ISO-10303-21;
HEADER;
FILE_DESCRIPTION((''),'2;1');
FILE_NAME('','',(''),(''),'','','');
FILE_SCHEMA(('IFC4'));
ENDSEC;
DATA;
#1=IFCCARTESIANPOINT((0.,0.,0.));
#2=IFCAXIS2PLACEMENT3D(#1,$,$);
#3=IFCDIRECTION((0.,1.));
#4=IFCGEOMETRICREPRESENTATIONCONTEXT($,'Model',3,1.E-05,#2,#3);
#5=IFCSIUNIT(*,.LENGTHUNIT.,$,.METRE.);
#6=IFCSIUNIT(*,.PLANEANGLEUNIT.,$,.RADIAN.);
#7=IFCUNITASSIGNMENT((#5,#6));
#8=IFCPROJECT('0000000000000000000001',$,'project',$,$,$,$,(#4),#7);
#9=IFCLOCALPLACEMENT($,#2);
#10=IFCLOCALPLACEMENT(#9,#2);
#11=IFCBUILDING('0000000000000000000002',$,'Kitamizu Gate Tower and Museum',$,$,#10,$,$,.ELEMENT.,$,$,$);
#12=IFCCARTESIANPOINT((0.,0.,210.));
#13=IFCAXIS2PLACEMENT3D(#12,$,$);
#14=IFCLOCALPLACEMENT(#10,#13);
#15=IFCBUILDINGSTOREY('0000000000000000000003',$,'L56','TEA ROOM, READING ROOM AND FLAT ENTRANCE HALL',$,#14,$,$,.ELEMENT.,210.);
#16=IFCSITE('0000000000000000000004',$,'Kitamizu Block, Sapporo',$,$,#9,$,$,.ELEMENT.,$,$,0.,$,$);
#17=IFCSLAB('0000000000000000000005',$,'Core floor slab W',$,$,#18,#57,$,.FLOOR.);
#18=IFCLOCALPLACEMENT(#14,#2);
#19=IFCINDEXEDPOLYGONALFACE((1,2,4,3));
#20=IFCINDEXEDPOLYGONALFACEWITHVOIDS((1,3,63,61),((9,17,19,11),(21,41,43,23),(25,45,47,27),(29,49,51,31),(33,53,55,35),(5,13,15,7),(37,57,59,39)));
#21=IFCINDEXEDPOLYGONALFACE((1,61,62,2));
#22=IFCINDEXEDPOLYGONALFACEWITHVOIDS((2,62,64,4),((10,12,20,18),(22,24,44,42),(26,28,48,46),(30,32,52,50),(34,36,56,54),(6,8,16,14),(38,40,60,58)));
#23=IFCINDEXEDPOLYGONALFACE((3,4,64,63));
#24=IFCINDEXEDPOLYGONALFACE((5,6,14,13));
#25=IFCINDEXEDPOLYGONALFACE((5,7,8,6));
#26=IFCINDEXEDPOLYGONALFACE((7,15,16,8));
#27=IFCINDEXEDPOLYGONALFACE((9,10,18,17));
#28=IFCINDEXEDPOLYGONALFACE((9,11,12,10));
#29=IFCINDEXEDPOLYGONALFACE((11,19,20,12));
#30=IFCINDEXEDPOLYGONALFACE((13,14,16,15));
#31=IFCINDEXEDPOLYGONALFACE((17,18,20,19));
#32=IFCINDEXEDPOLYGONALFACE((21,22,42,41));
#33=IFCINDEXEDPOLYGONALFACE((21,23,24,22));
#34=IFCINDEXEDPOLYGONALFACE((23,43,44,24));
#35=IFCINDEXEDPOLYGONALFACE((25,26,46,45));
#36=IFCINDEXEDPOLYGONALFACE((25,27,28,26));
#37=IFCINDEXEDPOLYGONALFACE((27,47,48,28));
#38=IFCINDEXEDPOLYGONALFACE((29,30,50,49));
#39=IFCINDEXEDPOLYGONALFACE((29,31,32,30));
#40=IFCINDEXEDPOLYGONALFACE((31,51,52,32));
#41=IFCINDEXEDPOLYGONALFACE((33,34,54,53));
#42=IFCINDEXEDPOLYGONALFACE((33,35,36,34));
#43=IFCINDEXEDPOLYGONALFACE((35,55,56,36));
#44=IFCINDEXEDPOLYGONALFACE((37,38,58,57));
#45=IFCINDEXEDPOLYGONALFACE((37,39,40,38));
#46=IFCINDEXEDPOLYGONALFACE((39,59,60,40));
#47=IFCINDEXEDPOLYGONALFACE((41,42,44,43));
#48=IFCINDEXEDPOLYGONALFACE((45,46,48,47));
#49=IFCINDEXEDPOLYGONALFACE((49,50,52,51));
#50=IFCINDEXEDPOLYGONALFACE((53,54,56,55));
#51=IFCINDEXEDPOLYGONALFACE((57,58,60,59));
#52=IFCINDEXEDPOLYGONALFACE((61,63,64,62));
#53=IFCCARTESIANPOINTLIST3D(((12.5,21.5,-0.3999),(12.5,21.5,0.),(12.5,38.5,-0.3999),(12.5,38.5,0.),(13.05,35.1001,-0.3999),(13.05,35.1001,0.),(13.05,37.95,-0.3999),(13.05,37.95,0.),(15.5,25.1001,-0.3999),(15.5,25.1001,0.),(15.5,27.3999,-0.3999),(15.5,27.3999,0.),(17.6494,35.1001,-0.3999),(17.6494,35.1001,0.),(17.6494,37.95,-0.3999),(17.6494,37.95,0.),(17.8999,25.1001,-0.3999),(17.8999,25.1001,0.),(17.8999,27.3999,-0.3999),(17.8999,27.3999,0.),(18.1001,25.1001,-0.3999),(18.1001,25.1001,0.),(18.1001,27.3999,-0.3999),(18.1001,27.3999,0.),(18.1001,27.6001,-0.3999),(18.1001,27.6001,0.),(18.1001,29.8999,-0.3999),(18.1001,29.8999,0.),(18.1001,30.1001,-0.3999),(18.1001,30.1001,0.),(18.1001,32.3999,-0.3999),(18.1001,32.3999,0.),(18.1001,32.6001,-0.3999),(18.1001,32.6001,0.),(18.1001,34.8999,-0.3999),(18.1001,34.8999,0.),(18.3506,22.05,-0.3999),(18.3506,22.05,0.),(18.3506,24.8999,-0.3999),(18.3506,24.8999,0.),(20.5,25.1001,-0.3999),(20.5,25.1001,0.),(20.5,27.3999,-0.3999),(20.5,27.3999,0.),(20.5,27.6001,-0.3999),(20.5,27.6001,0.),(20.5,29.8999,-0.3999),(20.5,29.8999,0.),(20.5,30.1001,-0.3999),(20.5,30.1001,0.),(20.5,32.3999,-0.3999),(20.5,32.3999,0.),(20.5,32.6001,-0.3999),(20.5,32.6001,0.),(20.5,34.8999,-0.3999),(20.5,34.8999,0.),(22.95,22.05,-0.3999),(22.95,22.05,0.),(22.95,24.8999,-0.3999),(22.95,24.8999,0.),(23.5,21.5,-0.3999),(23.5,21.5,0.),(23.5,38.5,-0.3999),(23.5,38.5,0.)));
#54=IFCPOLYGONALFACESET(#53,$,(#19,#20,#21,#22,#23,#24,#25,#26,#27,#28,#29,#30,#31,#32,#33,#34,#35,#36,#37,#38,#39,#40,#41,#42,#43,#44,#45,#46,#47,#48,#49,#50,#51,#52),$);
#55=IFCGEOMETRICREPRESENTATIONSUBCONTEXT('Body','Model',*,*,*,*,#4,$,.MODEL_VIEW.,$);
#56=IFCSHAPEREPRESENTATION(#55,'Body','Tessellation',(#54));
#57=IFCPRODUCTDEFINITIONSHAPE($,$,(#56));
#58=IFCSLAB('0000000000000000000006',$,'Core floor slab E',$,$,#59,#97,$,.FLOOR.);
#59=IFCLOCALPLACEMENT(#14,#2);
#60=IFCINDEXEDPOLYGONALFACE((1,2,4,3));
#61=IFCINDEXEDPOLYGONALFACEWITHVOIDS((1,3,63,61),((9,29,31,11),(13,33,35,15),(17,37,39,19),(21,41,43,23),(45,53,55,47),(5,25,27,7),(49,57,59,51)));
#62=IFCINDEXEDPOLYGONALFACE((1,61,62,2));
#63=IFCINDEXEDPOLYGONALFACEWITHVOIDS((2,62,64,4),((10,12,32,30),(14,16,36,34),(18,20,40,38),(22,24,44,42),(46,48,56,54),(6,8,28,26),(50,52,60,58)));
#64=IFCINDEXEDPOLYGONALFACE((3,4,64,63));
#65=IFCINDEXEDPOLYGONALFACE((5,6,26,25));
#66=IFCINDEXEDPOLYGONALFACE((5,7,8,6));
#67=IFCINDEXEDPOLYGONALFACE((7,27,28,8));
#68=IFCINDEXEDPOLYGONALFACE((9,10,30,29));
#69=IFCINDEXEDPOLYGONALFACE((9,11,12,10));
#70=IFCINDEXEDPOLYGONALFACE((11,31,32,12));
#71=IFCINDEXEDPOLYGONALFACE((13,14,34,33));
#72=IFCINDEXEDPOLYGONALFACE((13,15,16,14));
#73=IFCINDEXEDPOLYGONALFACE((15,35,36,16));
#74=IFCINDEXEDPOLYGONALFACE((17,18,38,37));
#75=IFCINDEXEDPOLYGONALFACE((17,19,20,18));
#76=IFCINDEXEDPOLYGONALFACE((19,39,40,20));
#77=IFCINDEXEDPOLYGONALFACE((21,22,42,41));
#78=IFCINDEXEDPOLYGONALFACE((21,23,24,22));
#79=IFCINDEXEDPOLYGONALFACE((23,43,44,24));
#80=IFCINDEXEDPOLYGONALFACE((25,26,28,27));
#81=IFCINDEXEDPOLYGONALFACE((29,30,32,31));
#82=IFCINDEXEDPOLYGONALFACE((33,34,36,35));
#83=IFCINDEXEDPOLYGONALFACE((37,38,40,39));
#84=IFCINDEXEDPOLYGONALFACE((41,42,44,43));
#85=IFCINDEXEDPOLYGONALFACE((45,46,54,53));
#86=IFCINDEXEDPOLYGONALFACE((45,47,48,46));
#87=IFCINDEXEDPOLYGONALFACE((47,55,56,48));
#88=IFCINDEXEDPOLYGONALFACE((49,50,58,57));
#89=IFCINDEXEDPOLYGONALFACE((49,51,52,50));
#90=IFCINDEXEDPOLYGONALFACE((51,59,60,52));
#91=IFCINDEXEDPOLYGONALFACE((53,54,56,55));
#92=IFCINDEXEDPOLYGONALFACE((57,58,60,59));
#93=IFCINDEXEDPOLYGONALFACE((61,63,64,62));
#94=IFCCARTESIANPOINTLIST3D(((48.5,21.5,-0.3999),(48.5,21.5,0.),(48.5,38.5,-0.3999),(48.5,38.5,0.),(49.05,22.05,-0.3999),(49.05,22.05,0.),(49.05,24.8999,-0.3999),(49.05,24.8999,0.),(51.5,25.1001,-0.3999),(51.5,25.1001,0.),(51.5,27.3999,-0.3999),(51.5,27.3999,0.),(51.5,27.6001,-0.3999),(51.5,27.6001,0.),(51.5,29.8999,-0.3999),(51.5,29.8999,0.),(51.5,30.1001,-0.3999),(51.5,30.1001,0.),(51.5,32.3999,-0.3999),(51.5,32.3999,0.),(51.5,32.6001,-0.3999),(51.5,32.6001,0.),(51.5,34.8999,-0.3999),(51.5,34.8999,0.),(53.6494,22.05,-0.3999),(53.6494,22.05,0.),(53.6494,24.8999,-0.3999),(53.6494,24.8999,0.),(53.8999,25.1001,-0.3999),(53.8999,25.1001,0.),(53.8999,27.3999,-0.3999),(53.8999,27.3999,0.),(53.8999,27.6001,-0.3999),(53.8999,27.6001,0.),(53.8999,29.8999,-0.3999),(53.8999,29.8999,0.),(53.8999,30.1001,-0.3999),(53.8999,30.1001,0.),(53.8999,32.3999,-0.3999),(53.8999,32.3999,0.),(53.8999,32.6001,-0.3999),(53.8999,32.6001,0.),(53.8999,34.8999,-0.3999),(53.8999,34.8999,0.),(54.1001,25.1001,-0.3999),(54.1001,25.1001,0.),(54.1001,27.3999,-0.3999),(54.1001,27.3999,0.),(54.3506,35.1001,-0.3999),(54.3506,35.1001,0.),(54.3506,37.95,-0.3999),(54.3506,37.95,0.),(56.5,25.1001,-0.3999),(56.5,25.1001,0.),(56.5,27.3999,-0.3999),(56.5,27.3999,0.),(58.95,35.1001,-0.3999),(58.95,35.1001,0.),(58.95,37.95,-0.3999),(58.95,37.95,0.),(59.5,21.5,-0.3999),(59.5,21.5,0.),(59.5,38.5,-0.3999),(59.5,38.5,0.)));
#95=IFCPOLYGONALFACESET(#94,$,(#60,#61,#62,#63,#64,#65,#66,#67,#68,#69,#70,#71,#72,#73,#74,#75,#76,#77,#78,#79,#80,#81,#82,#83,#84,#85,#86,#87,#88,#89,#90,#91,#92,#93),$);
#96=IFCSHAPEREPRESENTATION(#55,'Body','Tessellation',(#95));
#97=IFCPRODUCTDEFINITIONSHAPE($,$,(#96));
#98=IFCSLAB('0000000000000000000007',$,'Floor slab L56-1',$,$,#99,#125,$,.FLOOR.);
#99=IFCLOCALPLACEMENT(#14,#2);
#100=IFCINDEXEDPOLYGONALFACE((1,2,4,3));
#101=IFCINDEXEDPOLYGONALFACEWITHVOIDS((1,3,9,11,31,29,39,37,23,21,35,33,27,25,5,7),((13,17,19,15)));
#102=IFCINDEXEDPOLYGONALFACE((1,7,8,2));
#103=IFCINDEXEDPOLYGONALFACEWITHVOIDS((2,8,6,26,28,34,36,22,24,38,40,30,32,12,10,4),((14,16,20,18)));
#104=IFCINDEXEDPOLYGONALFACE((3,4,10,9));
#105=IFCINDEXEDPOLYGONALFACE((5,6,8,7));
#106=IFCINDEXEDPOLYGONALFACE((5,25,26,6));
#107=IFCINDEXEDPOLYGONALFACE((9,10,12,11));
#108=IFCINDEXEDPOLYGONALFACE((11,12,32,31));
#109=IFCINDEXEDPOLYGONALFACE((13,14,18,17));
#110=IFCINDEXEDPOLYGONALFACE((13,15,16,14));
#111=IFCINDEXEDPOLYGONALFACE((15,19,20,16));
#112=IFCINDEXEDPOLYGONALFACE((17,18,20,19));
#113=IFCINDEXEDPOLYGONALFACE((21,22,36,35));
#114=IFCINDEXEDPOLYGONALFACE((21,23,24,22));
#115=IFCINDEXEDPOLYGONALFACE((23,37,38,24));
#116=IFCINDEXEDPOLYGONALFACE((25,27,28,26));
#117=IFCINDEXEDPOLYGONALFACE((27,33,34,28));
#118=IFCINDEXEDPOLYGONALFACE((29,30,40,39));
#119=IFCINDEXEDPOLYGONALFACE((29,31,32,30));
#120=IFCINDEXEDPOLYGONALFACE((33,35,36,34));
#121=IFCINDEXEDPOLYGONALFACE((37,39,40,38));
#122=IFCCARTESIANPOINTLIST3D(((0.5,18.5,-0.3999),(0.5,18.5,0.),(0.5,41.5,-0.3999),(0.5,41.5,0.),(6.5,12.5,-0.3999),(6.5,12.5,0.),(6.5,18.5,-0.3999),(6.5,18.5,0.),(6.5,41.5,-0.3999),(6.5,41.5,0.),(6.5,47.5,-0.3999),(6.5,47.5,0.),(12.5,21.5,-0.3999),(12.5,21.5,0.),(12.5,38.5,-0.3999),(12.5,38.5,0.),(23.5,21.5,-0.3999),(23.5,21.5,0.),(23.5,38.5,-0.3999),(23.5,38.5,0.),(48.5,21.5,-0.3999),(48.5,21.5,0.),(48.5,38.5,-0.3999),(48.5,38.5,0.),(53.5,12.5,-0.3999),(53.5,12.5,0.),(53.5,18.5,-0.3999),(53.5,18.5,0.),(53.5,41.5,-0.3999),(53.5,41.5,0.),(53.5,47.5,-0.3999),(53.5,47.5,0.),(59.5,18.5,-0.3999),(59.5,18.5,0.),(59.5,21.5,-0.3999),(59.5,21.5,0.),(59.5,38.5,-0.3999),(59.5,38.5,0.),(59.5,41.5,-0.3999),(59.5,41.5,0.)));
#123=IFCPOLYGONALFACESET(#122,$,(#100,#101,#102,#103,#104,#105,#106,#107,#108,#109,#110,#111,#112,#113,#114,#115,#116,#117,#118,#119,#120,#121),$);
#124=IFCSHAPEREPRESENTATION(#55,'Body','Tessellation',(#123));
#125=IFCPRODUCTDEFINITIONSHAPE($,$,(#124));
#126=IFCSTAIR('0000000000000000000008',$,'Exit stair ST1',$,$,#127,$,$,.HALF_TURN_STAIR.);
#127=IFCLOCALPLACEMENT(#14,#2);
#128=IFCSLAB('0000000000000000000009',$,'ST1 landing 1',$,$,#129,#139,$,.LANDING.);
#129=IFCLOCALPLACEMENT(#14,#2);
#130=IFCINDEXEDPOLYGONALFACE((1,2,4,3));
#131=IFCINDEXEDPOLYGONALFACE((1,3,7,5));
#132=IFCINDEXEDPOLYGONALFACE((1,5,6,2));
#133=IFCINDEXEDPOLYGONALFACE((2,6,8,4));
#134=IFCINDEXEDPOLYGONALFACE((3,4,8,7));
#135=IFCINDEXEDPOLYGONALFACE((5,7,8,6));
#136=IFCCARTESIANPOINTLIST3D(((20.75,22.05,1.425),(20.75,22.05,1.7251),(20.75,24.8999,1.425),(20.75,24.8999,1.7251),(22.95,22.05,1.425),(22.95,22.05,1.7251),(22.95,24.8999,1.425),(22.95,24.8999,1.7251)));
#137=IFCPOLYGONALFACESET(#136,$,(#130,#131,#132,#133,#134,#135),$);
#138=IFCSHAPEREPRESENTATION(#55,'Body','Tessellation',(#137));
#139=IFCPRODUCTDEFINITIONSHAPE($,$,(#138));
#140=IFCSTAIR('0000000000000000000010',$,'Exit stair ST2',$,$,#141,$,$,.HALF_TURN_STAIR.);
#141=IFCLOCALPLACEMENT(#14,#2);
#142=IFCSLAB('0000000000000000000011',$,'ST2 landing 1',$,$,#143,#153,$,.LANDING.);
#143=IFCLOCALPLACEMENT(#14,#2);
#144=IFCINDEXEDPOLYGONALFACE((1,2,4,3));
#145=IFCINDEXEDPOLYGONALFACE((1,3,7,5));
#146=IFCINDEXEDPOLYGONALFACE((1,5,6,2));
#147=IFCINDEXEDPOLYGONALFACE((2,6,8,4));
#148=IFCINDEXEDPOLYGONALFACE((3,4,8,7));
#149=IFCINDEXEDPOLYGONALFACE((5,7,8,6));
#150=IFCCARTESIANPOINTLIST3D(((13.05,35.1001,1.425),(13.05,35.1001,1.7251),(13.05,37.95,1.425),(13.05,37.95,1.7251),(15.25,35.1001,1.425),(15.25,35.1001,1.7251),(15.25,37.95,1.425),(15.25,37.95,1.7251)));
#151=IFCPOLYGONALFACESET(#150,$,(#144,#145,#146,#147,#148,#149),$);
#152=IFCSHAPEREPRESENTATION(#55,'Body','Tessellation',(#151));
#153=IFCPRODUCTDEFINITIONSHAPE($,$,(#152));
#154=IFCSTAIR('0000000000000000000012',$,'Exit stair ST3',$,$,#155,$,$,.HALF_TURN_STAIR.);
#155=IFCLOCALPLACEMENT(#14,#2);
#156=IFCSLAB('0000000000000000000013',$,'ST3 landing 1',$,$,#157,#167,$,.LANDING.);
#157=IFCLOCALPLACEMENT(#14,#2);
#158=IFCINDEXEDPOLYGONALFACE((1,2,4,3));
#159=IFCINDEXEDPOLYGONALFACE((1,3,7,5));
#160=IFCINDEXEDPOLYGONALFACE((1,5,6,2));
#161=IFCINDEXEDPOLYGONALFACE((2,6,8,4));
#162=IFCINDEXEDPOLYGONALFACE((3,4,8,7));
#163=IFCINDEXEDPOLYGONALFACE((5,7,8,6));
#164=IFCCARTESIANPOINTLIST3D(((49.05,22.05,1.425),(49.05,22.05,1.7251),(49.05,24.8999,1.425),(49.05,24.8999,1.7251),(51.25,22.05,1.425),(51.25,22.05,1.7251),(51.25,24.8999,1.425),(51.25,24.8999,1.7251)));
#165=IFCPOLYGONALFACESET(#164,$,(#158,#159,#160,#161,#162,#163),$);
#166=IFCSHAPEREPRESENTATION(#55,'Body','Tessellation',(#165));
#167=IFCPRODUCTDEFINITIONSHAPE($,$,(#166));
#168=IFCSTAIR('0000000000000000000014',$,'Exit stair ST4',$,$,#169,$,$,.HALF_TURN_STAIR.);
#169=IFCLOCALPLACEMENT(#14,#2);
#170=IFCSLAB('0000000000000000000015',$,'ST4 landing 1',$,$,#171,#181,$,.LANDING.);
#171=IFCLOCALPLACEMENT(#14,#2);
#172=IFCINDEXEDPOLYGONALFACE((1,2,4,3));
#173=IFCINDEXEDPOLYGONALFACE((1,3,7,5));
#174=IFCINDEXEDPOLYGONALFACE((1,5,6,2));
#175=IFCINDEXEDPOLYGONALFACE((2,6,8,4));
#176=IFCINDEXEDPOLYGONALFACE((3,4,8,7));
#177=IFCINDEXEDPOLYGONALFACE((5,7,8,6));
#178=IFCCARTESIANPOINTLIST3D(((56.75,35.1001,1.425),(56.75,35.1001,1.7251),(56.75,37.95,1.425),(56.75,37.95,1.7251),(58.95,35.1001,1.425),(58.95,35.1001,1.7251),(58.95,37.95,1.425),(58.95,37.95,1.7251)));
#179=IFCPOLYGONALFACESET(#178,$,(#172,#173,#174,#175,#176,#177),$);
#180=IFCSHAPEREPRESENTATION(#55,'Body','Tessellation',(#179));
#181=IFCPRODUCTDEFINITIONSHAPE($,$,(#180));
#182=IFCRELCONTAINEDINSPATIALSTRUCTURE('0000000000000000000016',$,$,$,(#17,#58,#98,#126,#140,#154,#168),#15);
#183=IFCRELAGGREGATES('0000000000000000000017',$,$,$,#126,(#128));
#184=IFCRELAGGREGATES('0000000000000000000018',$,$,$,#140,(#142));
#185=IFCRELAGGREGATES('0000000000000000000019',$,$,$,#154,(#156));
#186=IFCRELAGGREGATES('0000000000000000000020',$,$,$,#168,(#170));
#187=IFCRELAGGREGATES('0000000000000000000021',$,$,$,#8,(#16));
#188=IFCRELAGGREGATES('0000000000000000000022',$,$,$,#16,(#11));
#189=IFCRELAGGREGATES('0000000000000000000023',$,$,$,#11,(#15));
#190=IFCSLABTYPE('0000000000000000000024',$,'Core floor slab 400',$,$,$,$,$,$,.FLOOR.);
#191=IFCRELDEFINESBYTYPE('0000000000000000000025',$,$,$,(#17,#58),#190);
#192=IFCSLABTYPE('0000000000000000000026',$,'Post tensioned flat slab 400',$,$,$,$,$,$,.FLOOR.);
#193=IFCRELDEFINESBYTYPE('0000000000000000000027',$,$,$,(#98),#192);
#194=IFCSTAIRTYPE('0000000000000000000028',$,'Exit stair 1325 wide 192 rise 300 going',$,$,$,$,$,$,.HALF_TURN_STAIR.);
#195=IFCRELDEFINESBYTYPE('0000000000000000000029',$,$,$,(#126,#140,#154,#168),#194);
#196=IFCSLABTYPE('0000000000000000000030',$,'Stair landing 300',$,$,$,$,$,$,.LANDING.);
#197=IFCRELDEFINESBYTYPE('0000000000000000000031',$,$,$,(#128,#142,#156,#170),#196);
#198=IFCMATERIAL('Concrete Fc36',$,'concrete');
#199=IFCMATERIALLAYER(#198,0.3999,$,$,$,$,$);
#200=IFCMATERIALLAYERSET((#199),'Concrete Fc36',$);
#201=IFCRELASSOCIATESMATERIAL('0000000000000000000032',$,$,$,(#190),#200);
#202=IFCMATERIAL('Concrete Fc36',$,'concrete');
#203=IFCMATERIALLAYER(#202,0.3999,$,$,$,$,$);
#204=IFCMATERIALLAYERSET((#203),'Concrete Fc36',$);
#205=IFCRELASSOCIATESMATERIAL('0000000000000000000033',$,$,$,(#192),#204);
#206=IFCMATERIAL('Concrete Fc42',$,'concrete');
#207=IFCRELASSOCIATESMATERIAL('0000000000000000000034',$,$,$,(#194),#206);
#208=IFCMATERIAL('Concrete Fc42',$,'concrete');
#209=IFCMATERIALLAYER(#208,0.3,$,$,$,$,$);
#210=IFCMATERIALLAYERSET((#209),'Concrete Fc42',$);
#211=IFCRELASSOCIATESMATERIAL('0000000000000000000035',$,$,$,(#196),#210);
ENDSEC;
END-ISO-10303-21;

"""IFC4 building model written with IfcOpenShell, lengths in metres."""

from ifc_helpers import new_model, si_unit, direction, frame, origin, place, context, subcontext, project, spatial, polyline, outline, extrude, material, layer, layer_set, type_object, element, aggregate, save


model = new_model("IFC4")

# Units and contexts
model_context = context("Model", 3, precision=1e-05, world=origin(), true_north=direction((0.0, 1.0)))
body_context = subcontext(model_context, "Body", "Model", "MODEL_VIEW")
ifc_project = project(units=[si_unit("LENGTHUNIT", "METRE"), si_unit("PLANEANGLEUNIT", "RADIAN")], contexts=[model_context])

# Site, building, storey
site_placement = place(None, origin())
site = spatial("IfcSite", under=ifc_project, at=site_placement, Name="Kitamizu Block, Sapporo", CompositionType="ELEMENT", RefElevation=0.0)
building_placement = place(site_placement, origin())
building = spatial("IfcBuilding", under=site, at=building_placement, Name="Kitamizu Gate Tower and Museum", CompositionType="ELEMENT")
storey_placement = place(building_placement, frame((0.0, 0.0, 210.0)))
storey = spatial("IfcBuildingStorey", under=building, at=storey_placement, Name="L56", Description="TEA ROOM, READING ROOM AND FLAT ENTRANCE HALL", CompositionType="ELEMENT", Elevation=210.0)

# Slabs
ifc_material_1 = material(Name="Concrete Fc36", Category="concrete")
ifc_layer_1 = layer(ifc_material_1, 0.3999)
ifc_layer_set_1 = layer_set([ifc_layer_1], Name="Concrete Fc36")
slab_type_1 = type_object("IfcSlabType", Name="Core floor slab 400", PredefinedType="FLOOR", material=ifc_layer_set_1)
slab_1_placement = place(storey_placement, frame((0.0, 0.0, -0.3999)))
element("IfcSlab", 1, at=slab_1_placement, inside=storey, type_object=slab_type_1, Name="Core floor slab W", PredefinedType="FLOOR", context=body_context, shape_type="SweptSolid", body=[
    extrude(outline(polyline([(12.5, 21.5), (23.5, 21.5), (23.5, 38.5), (12.5, 38.5), (12.5, 21.5)]), holes=[polyline([(15.5, 25.1001), (17.8999, 25.1001), (17.8999, 27.3999), (15.5, 27.3999), (15.5, 25.1001)]), polyline([(18.1001, 25.1001), (20.5, 25.1001), (20.5, 27.3999), (18.1001, 27.3999), (18.1001, 25.1001)]), polyline([(18.1001, 27.6001), (20.5, 27.6001), (20.5, 29.8999), (18.1001, 29.8999), (18.1001, 27.6001)]), polyline([(18.1001, 30.1001), (20.5, 30.1001), (20.5, 32.3999), (18.1001, 32.3999), (18.1001, 30.1001)]), polyline([(18.1001, 32.6001), (20.5, 32.6001), (20.5, 34.8999), (18.1001, 34.8999), (18.1001, 32.6001)]), polyline([(18.3506, 22.05), (22.95, 22.05), (22.95, 24.8999), (18.3506, 24.8999), (18.3506, 22.05)]), polyline([(13.05, 35.1001), (17.6494, 35.1001), (17.6494, 37.95), (13.05, 37.95), (13.05, 35.1001)])]), origin(), (0.0, 0.0, 1.0), 0.3999),
])
slab_2_placement = place(storey_placement, frame((0.0, 0.0, -0.3999)))
element("IfcSlab", 2, at=slab_2_placement, inside=storey, type_object=slab_type_1, Name="Core floor slab E", PredefinedType="FLOOR", context=body_context, shape_type="SweptSolid", body=[
    extrude(outline(polyline([(48.5, 21.5), (59.5, 21.5), (59.5, 38.5), (48.5, 38.5), (48.5, 21.5)]), holes=[polyline([(54.1001, 25.1001), (56.5, 25.1001), (56.5, 27.3999), (54.1001, 27.3999), (54.1001, 25.1001)]), polyline([(51.5, 25.1001), (53.8999, 25.1001), (53.8999, 27.3999), (51.5, 27.3999), (51.5, 25.1001)]), polyline([(51.5, 27.6001), (53.8999, 27.6001), (53.8999, 29.8999), (51.5, 29.8999), (51.5, 27.6001)]), polyline([(51.5, 30.1001), (53.8999, 30.1001), (53.8999, 32.3999), (51.5, 32.3999), (51.5, 30.1001)]), polyline([(51.5, 32.6001), (53.8999, 32.6001), (53.8999, 34.8999), (51.5, 34.8999), (51.5, 32.6001)]), polyline([(49.05, 22.05), (53.6494, 22.05), (53.6494, 24.8999), (49.05, 24.8999), (49.05, 22.05)]), polyline([(54.3506, 35.1001), (58.95, 35.1001), (58.95, 37.95), (54.3506, 37.95), (54.3506, 35.1001)])]), origin(), (0.0, 0.0, 1.0), 0.3999),
])
ifc_material_2 = material(Name="Concrete Fc36", Category="concrete")
ifc_layer_2 = layer(ifc_material_2, 0.3999)
ifc_layer_set_2 = layer_set([ifc_layer_2], Name="Concrete Fc36")
slab_type_2 = type_object("IfcSlabType", Name="Post tensioned flat slab 400", PredefinedType="FLOOR", material=ifc_layer_set_2)
slab_3_placement = place(storey_placement, frame((0.0, 0.0, -0.3999)))
element("IfcSlab", 3, at=slab_3_placement, inside=storey, type_object=slab_type_2, Name="Floor slab L56-1", PredefinedType="FLOOR", context=body_context, shape_type="SweptSolid", body=[
    extrude(outline(polyline([(0.5, 18.5), (0.5, 41.5), (6.5, 41.5), (6.5, 47.5), (53.5, 47.5), (53.5, 41.5), (59.5, 41.5), (59.5, 38.5), (48.5, 38.5), (48.5, 21.5), (59.5, 21.5), (59.5, 18.5), (53.5, 18.5), (53.5, 12.5), (6.5, 12.5), (6.5, 18.5), (0.5, 18.5)]), holes=[polyline([(12.5, 38.5), (12.5, 21.5), (23.5, 21.5), (23.5, 38.5), (12.5, 38.5)])]), origin(), (0.0, 0.0, 1.0), 0.3999),
])

# Stairs, slabs
ifc_material_3 = material(Name="Concrete Fc42", Category="concrete")
stair_type = type_object("IfcStairType", Name="Exit stair 1325 wide 192 rise 300 going", PredefinedType="HALF_TURN_STAIR", material=ifc_material_3)
stair_1_placement = place(storey_placement, origin())
stair_1 = element("IfcStair", 4, at=stair_1_placement, inside=storey, type_object=stair_type, Name="Exit stair ST1", PredefinedType="HALF_TURN_STAIR")
ifc_material_4 = material(Name="Concrete Fc42", Category="concrete")
ifc_layer_3 = layer(ifc_material_4, 0.3)
ifc_layer_set_3 = layer_set([ifc_layer_3], Name="Concrete Fc42")
slab_type_3 = type_object("IfcSlabType", Name="Stair landing 300", PredefinedType="LANDING", material=ifc_layer_set_3)
slab_4_placement = place(storey_placement, frame((0.0, 0.0, 1.425)))
slab_4 = element("IfcSlab", 5, at=slab_4_placement, type_object=slab_type_3, Name="ST1 landing 1", PredefinedType="LANDING", context=body_context, shape_type="SweptSolid", body=[
    extrude(outline(polyline([(20.75, 22.05), (22.95, 22.05), (22.95, 24.8999), (20.75, 24.8999), (20.75, 22.05)])), origin(), (0.0, 0.0, 1.0), 0.3),
])
aggregate(stair_1, [slab_4])
stair_2_placement = place(storey_placement, origin())
stair_2 = element("IfcStair", 6, at=stair_2_placement, inside=storey, type_object=stair_type, Name="Exit stair ST2", PredefinedType="HALF_TURN_STAIR")
slab_5_placement = place(storey_placement, frame((0.0, 0.0, 1.425)))
slab_5 = element("IfcSlab", 7, at=slab_5_placement, type_object=slab_type_3, Name="ST2 landing 1", PredefinedType="LANDING", context=body_context, shape_type="SweptSolid", body=[
    extrude(outline(polyline([(13.05, 35.1001), (15.25, 35.1001), (15.25, 37.95), (13.05, 37.95), (13.05, 35.1001)])), origin(), (0.0, 0.0, 1.0), 0.3),
])
aggregate(stair_2, [slab_5])
stair_3_placement = place(storey_placement, origin())
stair_3 = element("IfcStair", 8, at=stair_3_placement, inside=storey, type_object=stair_type, Name="Exit stair ST3", PredefinedType="HALF_TURN_STAIR")
slab_6_placement = place(storey_placement, frame((0.0, 0.0, 1.425)))
slab_6 = element("IfcSlab", 9, at=slab_6_placement, type_object=slab_type_3, Name="ST3 landing 1", PredefinedType="LANDING", context=body_context, shape_type="SweptSolid", body=[
    extrude(outline(polyline([(49.05, 22.05), (51.25, 22.05), (51.25, 24.8999), (49.05, 24.8999), (49.05, 22.05)])), origin(), (0.0, 0.0, 1.0), 0.3),
])
aggregate(stair_3, [slab_6])
stair_4_placement = place(storey_placement, origin())
stair_4 = element("IfcStair", 10, at=stair_4_placement, inside=storey, type_object=stair_type, Name="Exit stair ST4", PredefinedType="HALF_TURN_STAIR")
slab_7_placement = place(storey_placement, frame((0.0, 0.0, 1.425)))
slab_7 = element("IfcSlab", 11, at=slab_7_placement, type_object=slab_type_3, Name="ST4 landing 1", PredefinedType="LANDING", context=body_context, shape_type="SweptSolid", body=[
    extrude(outline(polyline([(56.75, 35.1001), (58.95, 35.1001), (58.95, 37.95), (56.75, 37.95), (56.75, 35.1001)])), origin(), (0.0, 0.0, 1.0), 0.3),
])
aggregate(stair_4, [slab_7])

save(model, "model.ifc")
